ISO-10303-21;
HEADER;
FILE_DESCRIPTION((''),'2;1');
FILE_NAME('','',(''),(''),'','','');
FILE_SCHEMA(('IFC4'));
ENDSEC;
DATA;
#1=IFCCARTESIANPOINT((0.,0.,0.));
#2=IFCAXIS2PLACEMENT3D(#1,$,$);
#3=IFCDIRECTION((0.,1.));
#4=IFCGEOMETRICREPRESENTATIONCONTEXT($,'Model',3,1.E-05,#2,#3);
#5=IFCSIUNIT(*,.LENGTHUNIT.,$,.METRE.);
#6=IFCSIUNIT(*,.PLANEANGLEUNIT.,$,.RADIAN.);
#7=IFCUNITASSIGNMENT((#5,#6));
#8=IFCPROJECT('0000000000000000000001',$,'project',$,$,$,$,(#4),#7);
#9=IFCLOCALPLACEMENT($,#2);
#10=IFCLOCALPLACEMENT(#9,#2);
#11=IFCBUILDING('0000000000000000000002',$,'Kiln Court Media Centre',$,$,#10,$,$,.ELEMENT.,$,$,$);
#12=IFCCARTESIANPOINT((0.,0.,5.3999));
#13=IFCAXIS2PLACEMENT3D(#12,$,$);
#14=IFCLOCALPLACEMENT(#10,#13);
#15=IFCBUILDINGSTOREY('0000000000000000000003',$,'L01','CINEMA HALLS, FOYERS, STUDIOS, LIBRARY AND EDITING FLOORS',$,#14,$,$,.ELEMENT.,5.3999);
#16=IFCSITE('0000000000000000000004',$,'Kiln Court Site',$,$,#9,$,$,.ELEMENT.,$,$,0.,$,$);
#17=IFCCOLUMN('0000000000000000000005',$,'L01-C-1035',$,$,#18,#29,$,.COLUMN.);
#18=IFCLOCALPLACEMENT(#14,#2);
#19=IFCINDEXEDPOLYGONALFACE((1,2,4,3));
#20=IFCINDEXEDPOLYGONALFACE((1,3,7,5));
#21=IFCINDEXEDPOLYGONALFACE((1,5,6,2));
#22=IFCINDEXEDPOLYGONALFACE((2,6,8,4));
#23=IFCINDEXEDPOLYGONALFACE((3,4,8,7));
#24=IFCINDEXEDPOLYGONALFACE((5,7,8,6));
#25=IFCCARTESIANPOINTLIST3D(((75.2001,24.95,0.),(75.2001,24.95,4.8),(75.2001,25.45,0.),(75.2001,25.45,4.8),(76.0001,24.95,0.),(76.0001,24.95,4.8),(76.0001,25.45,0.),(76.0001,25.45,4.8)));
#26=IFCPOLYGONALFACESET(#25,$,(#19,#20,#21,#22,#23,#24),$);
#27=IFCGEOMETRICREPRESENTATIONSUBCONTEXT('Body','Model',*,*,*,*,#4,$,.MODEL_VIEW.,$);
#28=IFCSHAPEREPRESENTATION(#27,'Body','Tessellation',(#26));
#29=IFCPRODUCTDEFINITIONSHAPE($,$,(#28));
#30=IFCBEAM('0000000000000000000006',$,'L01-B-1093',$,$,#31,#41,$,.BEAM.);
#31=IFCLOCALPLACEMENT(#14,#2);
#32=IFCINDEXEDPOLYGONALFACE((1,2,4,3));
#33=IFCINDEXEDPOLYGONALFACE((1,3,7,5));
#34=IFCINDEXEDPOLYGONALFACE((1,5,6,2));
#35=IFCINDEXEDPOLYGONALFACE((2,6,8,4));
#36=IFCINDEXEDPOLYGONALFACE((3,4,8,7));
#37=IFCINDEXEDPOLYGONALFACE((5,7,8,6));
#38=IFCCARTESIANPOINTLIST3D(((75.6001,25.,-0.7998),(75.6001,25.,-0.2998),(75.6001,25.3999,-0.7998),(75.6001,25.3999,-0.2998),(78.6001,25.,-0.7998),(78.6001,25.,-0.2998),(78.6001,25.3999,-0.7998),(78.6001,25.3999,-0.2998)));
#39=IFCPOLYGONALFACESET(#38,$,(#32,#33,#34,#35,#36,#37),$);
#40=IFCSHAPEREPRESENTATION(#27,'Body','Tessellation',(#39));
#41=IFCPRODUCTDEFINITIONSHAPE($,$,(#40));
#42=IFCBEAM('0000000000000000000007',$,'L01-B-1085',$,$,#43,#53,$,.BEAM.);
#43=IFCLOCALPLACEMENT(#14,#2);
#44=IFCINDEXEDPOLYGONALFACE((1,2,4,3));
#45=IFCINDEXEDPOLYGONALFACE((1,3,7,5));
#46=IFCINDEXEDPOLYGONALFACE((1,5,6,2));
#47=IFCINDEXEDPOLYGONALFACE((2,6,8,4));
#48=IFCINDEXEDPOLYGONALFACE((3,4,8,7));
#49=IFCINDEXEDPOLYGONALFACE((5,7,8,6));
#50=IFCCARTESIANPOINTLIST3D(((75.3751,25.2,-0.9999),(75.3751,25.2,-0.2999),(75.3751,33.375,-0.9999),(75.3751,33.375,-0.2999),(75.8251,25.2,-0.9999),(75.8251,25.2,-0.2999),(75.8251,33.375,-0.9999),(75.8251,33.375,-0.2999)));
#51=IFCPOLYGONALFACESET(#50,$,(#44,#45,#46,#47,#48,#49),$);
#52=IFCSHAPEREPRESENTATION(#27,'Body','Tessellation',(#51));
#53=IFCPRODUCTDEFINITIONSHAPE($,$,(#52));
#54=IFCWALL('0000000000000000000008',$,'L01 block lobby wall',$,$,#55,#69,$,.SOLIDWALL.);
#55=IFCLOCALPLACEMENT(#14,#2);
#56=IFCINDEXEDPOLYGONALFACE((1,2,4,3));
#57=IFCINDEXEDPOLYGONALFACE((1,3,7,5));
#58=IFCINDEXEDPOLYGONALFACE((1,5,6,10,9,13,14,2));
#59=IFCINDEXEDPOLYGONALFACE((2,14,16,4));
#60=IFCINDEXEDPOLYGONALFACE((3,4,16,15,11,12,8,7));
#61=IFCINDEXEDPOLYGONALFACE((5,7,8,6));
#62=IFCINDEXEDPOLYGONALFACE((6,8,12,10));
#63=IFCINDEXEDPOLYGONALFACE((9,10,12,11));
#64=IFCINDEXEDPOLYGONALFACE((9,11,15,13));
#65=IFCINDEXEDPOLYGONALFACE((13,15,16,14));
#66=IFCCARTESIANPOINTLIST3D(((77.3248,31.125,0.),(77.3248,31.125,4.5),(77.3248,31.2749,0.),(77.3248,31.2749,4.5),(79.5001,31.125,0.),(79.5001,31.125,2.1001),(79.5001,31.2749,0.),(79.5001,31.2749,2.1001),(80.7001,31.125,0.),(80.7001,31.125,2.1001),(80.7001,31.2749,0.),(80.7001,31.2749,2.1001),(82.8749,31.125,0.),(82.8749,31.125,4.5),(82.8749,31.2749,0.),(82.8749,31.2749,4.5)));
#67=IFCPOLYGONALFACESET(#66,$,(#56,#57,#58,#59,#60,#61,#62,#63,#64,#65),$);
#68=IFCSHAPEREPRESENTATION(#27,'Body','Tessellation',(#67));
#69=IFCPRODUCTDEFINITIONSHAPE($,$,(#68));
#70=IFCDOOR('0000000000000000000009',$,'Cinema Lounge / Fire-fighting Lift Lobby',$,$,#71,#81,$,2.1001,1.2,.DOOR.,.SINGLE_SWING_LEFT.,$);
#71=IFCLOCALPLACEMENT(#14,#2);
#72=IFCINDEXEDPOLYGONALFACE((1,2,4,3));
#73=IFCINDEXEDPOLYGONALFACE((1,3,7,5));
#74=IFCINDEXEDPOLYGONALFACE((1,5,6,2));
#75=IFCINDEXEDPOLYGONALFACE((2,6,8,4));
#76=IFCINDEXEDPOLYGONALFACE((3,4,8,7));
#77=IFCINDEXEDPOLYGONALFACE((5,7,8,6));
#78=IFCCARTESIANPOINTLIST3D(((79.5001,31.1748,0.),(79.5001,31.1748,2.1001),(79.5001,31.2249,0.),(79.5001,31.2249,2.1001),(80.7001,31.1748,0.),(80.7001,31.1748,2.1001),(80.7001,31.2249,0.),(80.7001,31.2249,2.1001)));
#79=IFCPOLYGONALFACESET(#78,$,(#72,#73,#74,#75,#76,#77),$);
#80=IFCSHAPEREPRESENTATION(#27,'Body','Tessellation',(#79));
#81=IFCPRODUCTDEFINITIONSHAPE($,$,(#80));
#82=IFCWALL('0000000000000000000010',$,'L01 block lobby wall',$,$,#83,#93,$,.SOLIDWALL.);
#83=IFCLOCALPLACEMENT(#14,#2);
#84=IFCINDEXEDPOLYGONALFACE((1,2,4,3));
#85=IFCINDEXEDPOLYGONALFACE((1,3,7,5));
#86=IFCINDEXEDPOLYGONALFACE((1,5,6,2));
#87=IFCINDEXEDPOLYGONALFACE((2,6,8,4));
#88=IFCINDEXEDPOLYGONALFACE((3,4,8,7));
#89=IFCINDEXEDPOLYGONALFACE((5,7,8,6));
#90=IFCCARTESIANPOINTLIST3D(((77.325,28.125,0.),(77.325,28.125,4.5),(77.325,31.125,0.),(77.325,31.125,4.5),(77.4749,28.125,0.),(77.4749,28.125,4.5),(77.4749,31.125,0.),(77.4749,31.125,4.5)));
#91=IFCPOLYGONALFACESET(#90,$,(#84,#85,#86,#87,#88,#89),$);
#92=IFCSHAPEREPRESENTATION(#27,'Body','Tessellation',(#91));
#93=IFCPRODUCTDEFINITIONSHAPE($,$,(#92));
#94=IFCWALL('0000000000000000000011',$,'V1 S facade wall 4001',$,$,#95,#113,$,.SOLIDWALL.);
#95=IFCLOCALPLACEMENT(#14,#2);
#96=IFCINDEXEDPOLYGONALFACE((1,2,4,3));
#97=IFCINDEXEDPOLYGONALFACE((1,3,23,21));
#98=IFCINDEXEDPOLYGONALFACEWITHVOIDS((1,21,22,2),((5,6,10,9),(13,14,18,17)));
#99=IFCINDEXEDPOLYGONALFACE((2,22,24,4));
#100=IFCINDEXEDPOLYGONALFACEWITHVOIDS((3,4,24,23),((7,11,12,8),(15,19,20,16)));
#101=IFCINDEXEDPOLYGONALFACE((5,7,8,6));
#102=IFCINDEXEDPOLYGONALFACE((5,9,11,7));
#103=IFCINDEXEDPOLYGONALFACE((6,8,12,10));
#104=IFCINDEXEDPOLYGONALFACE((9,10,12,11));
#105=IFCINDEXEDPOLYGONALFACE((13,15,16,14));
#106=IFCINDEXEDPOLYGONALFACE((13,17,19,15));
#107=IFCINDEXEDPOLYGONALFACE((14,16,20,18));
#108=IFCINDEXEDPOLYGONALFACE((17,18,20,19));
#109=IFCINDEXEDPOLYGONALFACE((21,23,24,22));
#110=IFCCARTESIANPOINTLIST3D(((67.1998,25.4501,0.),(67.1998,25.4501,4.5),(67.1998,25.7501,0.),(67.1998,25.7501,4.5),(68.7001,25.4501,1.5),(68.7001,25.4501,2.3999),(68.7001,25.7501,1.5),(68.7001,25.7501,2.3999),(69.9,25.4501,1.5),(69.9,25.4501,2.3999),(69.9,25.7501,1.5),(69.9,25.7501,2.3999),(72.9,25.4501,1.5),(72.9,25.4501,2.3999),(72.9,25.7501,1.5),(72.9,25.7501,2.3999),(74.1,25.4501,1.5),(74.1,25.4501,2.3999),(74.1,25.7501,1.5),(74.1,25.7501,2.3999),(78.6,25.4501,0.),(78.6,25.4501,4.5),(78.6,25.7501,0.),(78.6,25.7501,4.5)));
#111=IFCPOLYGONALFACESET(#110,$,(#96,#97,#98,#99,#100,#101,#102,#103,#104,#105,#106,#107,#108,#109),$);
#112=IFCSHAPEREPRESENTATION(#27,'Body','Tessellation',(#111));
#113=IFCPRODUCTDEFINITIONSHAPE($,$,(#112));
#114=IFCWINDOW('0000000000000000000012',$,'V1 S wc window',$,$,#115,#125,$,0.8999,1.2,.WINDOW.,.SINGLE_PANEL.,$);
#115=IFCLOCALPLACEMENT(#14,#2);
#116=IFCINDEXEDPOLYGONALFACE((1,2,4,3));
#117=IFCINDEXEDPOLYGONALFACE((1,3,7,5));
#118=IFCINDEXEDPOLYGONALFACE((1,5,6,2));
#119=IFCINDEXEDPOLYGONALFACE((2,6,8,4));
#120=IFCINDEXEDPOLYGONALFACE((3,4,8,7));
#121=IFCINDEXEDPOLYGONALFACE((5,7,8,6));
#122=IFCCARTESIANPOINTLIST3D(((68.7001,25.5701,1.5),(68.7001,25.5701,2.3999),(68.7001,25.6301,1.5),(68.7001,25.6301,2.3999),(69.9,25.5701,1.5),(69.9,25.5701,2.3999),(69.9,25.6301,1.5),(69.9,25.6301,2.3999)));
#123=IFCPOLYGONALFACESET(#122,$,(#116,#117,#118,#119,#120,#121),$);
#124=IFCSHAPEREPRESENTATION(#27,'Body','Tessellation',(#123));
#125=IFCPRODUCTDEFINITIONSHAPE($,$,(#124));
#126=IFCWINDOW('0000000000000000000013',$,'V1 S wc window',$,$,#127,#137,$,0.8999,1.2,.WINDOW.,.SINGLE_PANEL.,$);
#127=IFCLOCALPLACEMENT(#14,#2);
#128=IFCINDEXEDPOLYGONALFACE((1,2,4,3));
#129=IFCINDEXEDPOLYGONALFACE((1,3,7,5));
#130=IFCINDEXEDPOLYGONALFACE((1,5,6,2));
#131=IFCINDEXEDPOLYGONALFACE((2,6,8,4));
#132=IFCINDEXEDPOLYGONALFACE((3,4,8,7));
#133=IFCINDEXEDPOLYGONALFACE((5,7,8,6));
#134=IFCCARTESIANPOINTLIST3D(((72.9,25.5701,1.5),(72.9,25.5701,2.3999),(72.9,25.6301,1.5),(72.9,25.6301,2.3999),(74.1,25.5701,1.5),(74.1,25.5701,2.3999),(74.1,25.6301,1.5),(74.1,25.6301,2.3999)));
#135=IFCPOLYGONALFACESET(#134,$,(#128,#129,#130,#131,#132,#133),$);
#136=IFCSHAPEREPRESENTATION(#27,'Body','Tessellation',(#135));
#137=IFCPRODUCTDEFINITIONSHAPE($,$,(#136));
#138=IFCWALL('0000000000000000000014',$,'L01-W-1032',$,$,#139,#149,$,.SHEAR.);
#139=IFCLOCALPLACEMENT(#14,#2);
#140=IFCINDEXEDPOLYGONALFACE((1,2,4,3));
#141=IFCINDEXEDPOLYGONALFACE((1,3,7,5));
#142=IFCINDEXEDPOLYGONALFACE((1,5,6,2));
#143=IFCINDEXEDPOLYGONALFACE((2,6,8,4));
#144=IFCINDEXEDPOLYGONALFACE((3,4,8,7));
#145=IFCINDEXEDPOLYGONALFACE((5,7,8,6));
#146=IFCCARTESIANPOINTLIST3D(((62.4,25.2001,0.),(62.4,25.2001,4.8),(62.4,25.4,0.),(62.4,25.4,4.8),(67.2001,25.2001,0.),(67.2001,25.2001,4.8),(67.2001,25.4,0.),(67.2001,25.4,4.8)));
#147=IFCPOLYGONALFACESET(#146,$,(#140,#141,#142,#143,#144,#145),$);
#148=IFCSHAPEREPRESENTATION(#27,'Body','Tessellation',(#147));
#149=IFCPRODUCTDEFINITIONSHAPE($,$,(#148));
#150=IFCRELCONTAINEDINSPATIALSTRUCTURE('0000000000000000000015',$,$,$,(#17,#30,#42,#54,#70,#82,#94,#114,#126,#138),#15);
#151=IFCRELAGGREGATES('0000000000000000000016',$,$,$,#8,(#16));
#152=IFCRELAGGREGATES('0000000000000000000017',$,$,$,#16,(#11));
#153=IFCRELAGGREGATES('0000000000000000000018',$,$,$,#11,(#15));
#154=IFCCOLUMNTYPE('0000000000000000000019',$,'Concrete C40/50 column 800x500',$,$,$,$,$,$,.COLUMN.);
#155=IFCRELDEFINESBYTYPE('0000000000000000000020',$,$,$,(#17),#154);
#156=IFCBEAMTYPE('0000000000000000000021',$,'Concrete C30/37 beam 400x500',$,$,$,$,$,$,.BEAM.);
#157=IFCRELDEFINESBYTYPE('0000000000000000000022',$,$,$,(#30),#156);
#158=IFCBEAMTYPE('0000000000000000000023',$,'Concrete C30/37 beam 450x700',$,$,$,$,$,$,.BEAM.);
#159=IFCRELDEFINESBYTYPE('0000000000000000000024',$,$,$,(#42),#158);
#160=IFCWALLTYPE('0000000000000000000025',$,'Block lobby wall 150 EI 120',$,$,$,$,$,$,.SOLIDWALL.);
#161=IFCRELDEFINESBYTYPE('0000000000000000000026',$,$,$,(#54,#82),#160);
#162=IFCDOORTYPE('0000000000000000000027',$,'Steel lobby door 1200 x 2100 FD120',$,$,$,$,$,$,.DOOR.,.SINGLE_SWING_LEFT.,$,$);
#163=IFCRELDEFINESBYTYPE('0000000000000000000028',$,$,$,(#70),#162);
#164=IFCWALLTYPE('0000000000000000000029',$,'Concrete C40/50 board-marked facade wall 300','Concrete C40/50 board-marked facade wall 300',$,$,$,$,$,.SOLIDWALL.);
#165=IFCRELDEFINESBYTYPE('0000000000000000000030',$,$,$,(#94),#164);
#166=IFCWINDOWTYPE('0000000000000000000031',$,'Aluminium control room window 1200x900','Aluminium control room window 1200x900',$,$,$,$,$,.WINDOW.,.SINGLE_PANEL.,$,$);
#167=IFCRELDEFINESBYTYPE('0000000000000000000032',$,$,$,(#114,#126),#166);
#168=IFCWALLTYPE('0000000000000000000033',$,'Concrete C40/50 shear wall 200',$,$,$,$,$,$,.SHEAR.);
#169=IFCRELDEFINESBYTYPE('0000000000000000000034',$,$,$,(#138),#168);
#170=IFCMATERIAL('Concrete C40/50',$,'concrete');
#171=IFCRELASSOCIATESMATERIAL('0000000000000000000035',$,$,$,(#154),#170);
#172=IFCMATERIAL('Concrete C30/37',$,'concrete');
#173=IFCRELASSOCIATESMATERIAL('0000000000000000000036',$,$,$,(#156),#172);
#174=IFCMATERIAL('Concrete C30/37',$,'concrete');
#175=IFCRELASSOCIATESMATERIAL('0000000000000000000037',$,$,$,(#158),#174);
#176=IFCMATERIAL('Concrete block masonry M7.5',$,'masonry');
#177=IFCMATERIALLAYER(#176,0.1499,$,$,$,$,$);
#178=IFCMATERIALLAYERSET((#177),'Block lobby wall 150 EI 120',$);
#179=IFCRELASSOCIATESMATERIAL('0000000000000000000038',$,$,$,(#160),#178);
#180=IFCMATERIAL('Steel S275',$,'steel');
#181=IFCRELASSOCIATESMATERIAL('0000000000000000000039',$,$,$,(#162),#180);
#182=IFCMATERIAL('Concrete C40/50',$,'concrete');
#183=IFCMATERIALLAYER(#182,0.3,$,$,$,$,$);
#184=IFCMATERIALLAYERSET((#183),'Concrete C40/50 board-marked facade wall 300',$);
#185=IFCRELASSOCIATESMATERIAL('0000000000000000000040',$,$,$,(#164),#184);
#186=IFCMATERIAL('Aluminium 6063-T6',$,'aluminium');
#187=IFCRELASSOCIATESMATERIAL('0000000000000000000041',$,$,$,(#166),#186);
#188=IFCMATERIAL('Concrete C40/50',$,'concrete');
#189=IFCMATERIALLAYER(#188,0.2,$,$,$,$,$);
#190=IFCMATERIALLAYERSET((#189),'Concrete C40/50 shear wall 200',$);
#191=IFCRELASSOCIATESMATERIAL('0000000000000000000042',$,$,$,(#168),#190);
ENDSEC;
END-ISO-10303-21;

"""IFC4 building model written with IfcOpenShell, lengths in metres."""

from ifc_helpers import new_model, si_unit, direction, frame, frame_2d, origin, origin_2d, place, context, subcontext, project, spatial, rectangle, extrude, material, layer, layer_set, material_profile, profile_set, type_object, element, fill, save


model = new_model("IFC4")

# Units and contexts
model_context = context("Model", 3, precision=1e-05, world=origin(), true_north=direction((0.0, 1.0)))
body_context = subcontext(model_context, "Body", "Model", "MODEL_VIEW")
ifc_project = project(units=[si_unit("LENGTHUNIT", "METRE"), si_unit("PLANEANGLEUNIT", "RADIAN")], contexts=[model_context])

# Site, building, storey
site_placement = place(None, origin())
site = spatial("IfcSite", under=ifc_project, at=site_placement, Name="Kiln Court Site", CompositionType="ELEMENT", RefElevation=0.0)
building_placement = place(site_placement, origin())
building = spatial("IfcBuilding", under=site, at=building_placement, Name="Kiln Court Media Centre", CompositionType="ELEMENT")
storey_placement = place(building_placement, frame((0.0, 0.0, 5.3999)))
storey = spatial("IfcBuildingStorey", under=building, at=storey_placement, Name="L01", Description="CINEMA HALLS, FOYERS, STUDIOS, LIBRARY AND EDITING FLOORS", CompositionType="ELEMENT", Elevation=5.3999)

# Column
ifc_material_1 = material(Name="Concrete C40/50", Category="concrete")
ifc_material_profile_1 = material_profile(ifc_material_1, rectangle(XDim=0.8, YDim=0.5, at=origin_2d()), Name="RC 800x500")
ifc_profile_set_1 = profile_set([ifc_material_profile_1], Name="Concrete C40/50")
column_type = type_object("IfcColumnType", Name="Concrete C40/50 column 800x500", PredefinedType="COLUMN", material=ifc_profile_set_1)
column_placement = place(storey_placement, frame((75.6001, 25.2, 0.0), z_axis=(0.0, 0.0, 1.0), x_axis=(1.0, 0.0, 0.0)))
element("IfcColumn", 1, at=column_placement, inside=storey, type_object=column_type, Name="L01-C-1035", PredefinedType="COLUMN", context=body_context, shape_type="SweptSolid", body=[
    extrude(rectangle(XDim=0.8, YDim=0.5, at=origin_2d()), origin(), (0.0, 0.0, 1.0), 4.8),
])

# Beams
ifc_material_2 = material(Name="Concrete C30/37", Category="concrete")
ifc_material_profile_2 = material_profile(ifc_material_2, rectangle(XDim=0.3999, YDim=0.5, at=origin_2d()), Name="RC 400x500")
ifc_profile_set_2 = profile_set([ifc_material_profile_2], Name="Concrete C30/37")
beam_type_1 = type_object("IfcBeamType", Name="Concrete C30/37 beam 400x500", PredefinedType="BEAM", material=ifc_profile_set_2)
beam_1_placement = place(storey_placement, frame((75.6001, 25.2, -0.5498), z_axis=(1.0, 0.0, 0.0), x_axis=(0.0, 1.0, 0.0)))
element("IfcBeam", 2, at=beam_1_placement, inside=storey, type_object=beam_type_1, Name="L01-B-1093", PredefinedType="BEAM", context=body_context, shape_type="SweptSolid", body=[
    extrude(rectangle(XDim=0.3999, YDim=0.5, at=origin_2d()), origin(), (0.0, 0.0, 1.0), 3.0),
])
ifc_material_3 = material(Name="Concrete C30/37", Category="concrete")
ifc_material_profile_3 = material_profile(ifc_material_3, rectangle(XDim=0.45, YDim=0.7, at=origin_2d()), Name="RC 450x700")
ifc_profile_set_3 = profile_set([ifc_material_profile_3], Name="Concrete C30/37")
beam_type_2 = type_object("IfcBeamType", Name="Concrete C30/37 beam 450x700", PredefinedType="BEAM", material=ifc_profile_set_3)
beam_2_placement = place(storey_placement, frame((75.6001, 25.2, -0.6499), z_axis=(0.0, 1.0, 0.0), x_axis=(-1.0, 0.0, 0.0)))
element("IfcBeam", 3, at=beam_2_placement, inside=storey, type_object=beam_type_2, Name="L01-B-1085", PredefinedType="BEAM", context=body_context, shape_type="SweptSolid", body=[
    extrude(rectangle(XDim=0.45, YDim=0.7, at=origin_2d()), origin(), (0.0, 0.0, 1.0), 8.175),
])

# Wall, opening, door
ifc_material_4 = material(Name="Concrete block masonry M7.5", Category="masonry")
ifc_layer_1 = layer(ifc_material_4, 0.1499)
ifc_layer_set_1 = layer_set([ifc_layer_1], Name="Block lobby wall 150 EI 120")
wall_type_1 = type_object("IfcWallType", Name="Block lobby wall 150 EI 120", PredefinedType="SOLIDWALL", material=ifc_layer_set_1)
wall_1_placement = place(storey_placement, frame((77.325, 31.2, 0.0), z_axis=(0.0, 0.0, 1.0), x_axis=(1.0, 0.0, 0.0)))
wall_1 = element("IfcWall", 4, at=wall_1_placement, inside=storey, type_object=wall_type_1, Name="L01 block lobby wall", PredefinedType="SOLIDWALL", context=body_context, shape_type="SweptSolid", body=[
    extrude(rectangle(XDim=5.55, YDim=0.1499, at=frame_2d((2.7749, 0.0))), origin(), (0.0, 0.0, 1.0), 4.5),
])
opening_1_placement = place(wall_1_placement, frame((2.175, 0.0, 0.0)))
opening_1 = element("IfcOpeningElement", 5, at=opening_1_placement, cuts=wall_1, PredefinedType="OPENING", context=body_context, shape_type="SweptSolid", body=[
    extrude(rectangle(XDim=1.2, YDim=2.1001, at=frame_2d((0.6001, 1.05))), frame((0.0, 0.085, 0.0), z_axis=(0.0, -1.0, 0.0), x_axis=(1.0, 0.0, 0.0)), (0.0, 0.0, 1.0), 0.1699),
])
ifc_material_5 = material(Name="Steel S275", Category="steel")
door_type_1 = type_object("IfcDoorType", Name="Steel lobby door 1200 x 2100 FD120", OperationType="SINGLE_SWING_LEFT", PredefinedType="DOOR", material=ifc_material_5)
door_1_placement = place(opening_1_placement, origin())
door_1 = element("IfcDoor", 6, at=door_1_placement, inside=storey, type_object=door_type_1, Name="Cinema Lounge / Fire-fighting Lift Lobby", OperationType="SINGLE_SWING_LEFT", OverallHeight=2.1001, OverallWidth=1.2, PredefinedType="DOOR", context=body_context, shape_type="SweptSolid", body=[
    extrude(rectangle(XDim=1.2, YDim=2.1001, at=frame_2d((0.6001, 1.05))), frame((0.0, 0.0249, 0.0), z_axis=(0.0, -1.0, 0.0), x_axis=(1.0, 0.0, 0.0)), (0.0, 0.0, 1.0), 0.05),
])
fill(opening_1, door_1)

# Wall
wall_2_placement = place(storey_placement, frame((77.3999, 28.125, 0.0), z_axis=(0.0, 0.0, 1.0), x_axis=(0.0, 1.0, 0.0)))
element("IfcWall", 7, at=wall_2_placement, inside=storey, type_object=wall_type_1, Name="L01 block lobby wall", PredefinedType="SOLIDWALL", context=body_context, shape_type="SweptSolid", body=[
    extrude(rectangle(XDim=3.0, YDim=0.1499, at=frame_2d((1.5, 0.0))), origin(), (0.0, 0.0, 1.0), 4.5),
])

# Wall, openings, windows
ifc_material_6 = material(Name="Concrete C40/50", Category="concrete")
ifc_layer_2 = layer(ifc_material_6, 0.3)
ifc_layer_set_2 = layer_set([ifc_layer_2], Name="Concrete C40/50 board-marked facade wall 300")
wall_type_2 = type_object("IfcWallType", Name="Concrete C40/50 board-marked facade wall 300", Description="Concrete C40/50 board-marked facade wall 300", PredefinedType="SOLIDWALL", material=ifc_layer_set_2)
wall_3_placement = place(storey_placement, frame((78.6001, 25.6001, 0.0), z_axis=(0.0, 0.0, 1.0), x_axis=(-1.0, 0.0, 0.0)))
wall_3 = element("IfcWall", 8, at=wall_3_placement, inside=storey, type_object=wall_type_2, Name="V1 S facade wall 4001", PredefinedType="SOLIDWALL", context=body_context, shape_type="SweptSolid", body=[
    extrude(rectangle(XDim=11.4001, YDim=0.3, at=frame_2d((5.7002, 0.0))), origin(), (0.0, 0.0, 1.0), 4.5),
])
opening_2_placement = place(wall_3_placement, frame((8.7, 0.0, 1.5)))
opening_2 = element("IfcOpeningElement", 9, at=opening_2_placement, cuts=wall_3, PredefinedType="OPENING", context=body_context, shape_type="SweptSolid", body=[
    extrude(rectangle(XDim=1.2, YDim=0.8999, at=frame_2d((0.6001, 0.45))), frame((0.0, 0.1599, 0.0), z_axis=(0.0, -1.0, 0.0), x_axis=(1.0, 0.0, 0.0)), (0.0, 0.0, 1.0), 0.3201),
])
opening_3_placement = place(wall_3_placement, frame((4.5, 0.0, 1.5)))
opening_3 = element("IfcOpeningElement", 10, at=opening_3_placement, cuts=wall_3, PredefinedType="OPENING", context=body_context, shape_type="SweptSolid", body=[
    extrude(rectangle(XDim=1.2, YDim=0.8999, at=frame_2d((0.6001, 0.45))), frame((0.0, 0.1599, 0.0), z_axis=(0.0, -1.0, 0.0), x_axis=(1.0, 0.0, 0.0)), (0.0, 0.0, 1.0), 0.3201),
])
ifc_material_7 = material(Name="Aluminium 6063-T6", Category="aluminium")
window_type = type_object("IfcWindowType", Name="Aluminium control room window 1200x900", Description="Aluminium control room window 1200x900", PartitioningType="SINGLE_PANEL", PredefinedType="WINDOW", material=ifc_material_7)
window_1_placement = place(opening_2_placement, origin())
window_1 = element("IfcWindow", 11, at=window_1_placement, inside=storey, type_object=window_type, Name="V1 S wc window", OverallHeight=0.8999, OverallWidth=1.2, PartitioningType="SINGLE_PANEL", PredefinedType="WINDOW", context=body_context, shape_type="SweptSolid", body=[
    extrude(rectangle(XDim=1.2, YDim=0.8999, at=frame_2d((0.6001, 0.45))), frame((0.0, 0.03, 0.0), z_axis=(0.0, -1.0, 0.0), x_axis=(1.0, 0.0, 0.0)), (0.0, 0.0, 1.0), 0.0601),
])
fill(opening_2, window_1)
window_2_placement = place(opening_3_placement, origin())
window_2 = element("IfcWindow", 12, at=window_2_placement, inside=storey, type_object=window_type, Name="V1 S wc window", OverallHeight=0.8999, OverallWidth=1.2, PartitioningType="SINGLE_PANEL", PredefinedType="WINDOW", context=body_context, shape_type="SweptSolid", body=[
    extrude(rectangle(XDim=1.2, YDim=0.8999, at=frame_2d((0.6001, 0.45))), frame((0.0, 0.03, 0.0), z_axis=(0.0, -1.0, 0.0), x_axis=(1.0, 0.0, 0.0)), (0.0, 0.0, 1.0), 0.0601),
])
fill(opening_3, window_2)

# Wall
ifc_material_8 = material(Name="Concrete C40/50", Category="concrete")
ifc_layer_3 = layer(ifc_material_8, 0.2)
ifc_layer_set_3 = layer_set([ifc_layer_3], Name="Concrete C40/50 shear wall 200")
wall_type_3 = type_object("IfcWallType", Name="Concrete C40/50 shear wall 200", PredefinedType="SHEAR", material=ifc_layer_set_3)
wall_4_placement = place(storey_placement, frame((67.2, 25.3, 0.0), z_axis=(0.0, 0.0, 1.0), x_axis=(-1.0, 0.0, 0.0)))
element("IfcWall", 13, at=wall_4_placement, inside=storey, type_object=wall_type_3, Name="L01-W-1032", PredefinedType="SHEAR", context=body_context, shape_type="SweptSolid", body=[
    extrude(rectangle(XDim=4.8, YDim=0.2, at=frame_2d((2.3999, 0.0))), origin(), (0.0, 0.0, 1.0), 4.8),
])

save(model, "model.ifc")
